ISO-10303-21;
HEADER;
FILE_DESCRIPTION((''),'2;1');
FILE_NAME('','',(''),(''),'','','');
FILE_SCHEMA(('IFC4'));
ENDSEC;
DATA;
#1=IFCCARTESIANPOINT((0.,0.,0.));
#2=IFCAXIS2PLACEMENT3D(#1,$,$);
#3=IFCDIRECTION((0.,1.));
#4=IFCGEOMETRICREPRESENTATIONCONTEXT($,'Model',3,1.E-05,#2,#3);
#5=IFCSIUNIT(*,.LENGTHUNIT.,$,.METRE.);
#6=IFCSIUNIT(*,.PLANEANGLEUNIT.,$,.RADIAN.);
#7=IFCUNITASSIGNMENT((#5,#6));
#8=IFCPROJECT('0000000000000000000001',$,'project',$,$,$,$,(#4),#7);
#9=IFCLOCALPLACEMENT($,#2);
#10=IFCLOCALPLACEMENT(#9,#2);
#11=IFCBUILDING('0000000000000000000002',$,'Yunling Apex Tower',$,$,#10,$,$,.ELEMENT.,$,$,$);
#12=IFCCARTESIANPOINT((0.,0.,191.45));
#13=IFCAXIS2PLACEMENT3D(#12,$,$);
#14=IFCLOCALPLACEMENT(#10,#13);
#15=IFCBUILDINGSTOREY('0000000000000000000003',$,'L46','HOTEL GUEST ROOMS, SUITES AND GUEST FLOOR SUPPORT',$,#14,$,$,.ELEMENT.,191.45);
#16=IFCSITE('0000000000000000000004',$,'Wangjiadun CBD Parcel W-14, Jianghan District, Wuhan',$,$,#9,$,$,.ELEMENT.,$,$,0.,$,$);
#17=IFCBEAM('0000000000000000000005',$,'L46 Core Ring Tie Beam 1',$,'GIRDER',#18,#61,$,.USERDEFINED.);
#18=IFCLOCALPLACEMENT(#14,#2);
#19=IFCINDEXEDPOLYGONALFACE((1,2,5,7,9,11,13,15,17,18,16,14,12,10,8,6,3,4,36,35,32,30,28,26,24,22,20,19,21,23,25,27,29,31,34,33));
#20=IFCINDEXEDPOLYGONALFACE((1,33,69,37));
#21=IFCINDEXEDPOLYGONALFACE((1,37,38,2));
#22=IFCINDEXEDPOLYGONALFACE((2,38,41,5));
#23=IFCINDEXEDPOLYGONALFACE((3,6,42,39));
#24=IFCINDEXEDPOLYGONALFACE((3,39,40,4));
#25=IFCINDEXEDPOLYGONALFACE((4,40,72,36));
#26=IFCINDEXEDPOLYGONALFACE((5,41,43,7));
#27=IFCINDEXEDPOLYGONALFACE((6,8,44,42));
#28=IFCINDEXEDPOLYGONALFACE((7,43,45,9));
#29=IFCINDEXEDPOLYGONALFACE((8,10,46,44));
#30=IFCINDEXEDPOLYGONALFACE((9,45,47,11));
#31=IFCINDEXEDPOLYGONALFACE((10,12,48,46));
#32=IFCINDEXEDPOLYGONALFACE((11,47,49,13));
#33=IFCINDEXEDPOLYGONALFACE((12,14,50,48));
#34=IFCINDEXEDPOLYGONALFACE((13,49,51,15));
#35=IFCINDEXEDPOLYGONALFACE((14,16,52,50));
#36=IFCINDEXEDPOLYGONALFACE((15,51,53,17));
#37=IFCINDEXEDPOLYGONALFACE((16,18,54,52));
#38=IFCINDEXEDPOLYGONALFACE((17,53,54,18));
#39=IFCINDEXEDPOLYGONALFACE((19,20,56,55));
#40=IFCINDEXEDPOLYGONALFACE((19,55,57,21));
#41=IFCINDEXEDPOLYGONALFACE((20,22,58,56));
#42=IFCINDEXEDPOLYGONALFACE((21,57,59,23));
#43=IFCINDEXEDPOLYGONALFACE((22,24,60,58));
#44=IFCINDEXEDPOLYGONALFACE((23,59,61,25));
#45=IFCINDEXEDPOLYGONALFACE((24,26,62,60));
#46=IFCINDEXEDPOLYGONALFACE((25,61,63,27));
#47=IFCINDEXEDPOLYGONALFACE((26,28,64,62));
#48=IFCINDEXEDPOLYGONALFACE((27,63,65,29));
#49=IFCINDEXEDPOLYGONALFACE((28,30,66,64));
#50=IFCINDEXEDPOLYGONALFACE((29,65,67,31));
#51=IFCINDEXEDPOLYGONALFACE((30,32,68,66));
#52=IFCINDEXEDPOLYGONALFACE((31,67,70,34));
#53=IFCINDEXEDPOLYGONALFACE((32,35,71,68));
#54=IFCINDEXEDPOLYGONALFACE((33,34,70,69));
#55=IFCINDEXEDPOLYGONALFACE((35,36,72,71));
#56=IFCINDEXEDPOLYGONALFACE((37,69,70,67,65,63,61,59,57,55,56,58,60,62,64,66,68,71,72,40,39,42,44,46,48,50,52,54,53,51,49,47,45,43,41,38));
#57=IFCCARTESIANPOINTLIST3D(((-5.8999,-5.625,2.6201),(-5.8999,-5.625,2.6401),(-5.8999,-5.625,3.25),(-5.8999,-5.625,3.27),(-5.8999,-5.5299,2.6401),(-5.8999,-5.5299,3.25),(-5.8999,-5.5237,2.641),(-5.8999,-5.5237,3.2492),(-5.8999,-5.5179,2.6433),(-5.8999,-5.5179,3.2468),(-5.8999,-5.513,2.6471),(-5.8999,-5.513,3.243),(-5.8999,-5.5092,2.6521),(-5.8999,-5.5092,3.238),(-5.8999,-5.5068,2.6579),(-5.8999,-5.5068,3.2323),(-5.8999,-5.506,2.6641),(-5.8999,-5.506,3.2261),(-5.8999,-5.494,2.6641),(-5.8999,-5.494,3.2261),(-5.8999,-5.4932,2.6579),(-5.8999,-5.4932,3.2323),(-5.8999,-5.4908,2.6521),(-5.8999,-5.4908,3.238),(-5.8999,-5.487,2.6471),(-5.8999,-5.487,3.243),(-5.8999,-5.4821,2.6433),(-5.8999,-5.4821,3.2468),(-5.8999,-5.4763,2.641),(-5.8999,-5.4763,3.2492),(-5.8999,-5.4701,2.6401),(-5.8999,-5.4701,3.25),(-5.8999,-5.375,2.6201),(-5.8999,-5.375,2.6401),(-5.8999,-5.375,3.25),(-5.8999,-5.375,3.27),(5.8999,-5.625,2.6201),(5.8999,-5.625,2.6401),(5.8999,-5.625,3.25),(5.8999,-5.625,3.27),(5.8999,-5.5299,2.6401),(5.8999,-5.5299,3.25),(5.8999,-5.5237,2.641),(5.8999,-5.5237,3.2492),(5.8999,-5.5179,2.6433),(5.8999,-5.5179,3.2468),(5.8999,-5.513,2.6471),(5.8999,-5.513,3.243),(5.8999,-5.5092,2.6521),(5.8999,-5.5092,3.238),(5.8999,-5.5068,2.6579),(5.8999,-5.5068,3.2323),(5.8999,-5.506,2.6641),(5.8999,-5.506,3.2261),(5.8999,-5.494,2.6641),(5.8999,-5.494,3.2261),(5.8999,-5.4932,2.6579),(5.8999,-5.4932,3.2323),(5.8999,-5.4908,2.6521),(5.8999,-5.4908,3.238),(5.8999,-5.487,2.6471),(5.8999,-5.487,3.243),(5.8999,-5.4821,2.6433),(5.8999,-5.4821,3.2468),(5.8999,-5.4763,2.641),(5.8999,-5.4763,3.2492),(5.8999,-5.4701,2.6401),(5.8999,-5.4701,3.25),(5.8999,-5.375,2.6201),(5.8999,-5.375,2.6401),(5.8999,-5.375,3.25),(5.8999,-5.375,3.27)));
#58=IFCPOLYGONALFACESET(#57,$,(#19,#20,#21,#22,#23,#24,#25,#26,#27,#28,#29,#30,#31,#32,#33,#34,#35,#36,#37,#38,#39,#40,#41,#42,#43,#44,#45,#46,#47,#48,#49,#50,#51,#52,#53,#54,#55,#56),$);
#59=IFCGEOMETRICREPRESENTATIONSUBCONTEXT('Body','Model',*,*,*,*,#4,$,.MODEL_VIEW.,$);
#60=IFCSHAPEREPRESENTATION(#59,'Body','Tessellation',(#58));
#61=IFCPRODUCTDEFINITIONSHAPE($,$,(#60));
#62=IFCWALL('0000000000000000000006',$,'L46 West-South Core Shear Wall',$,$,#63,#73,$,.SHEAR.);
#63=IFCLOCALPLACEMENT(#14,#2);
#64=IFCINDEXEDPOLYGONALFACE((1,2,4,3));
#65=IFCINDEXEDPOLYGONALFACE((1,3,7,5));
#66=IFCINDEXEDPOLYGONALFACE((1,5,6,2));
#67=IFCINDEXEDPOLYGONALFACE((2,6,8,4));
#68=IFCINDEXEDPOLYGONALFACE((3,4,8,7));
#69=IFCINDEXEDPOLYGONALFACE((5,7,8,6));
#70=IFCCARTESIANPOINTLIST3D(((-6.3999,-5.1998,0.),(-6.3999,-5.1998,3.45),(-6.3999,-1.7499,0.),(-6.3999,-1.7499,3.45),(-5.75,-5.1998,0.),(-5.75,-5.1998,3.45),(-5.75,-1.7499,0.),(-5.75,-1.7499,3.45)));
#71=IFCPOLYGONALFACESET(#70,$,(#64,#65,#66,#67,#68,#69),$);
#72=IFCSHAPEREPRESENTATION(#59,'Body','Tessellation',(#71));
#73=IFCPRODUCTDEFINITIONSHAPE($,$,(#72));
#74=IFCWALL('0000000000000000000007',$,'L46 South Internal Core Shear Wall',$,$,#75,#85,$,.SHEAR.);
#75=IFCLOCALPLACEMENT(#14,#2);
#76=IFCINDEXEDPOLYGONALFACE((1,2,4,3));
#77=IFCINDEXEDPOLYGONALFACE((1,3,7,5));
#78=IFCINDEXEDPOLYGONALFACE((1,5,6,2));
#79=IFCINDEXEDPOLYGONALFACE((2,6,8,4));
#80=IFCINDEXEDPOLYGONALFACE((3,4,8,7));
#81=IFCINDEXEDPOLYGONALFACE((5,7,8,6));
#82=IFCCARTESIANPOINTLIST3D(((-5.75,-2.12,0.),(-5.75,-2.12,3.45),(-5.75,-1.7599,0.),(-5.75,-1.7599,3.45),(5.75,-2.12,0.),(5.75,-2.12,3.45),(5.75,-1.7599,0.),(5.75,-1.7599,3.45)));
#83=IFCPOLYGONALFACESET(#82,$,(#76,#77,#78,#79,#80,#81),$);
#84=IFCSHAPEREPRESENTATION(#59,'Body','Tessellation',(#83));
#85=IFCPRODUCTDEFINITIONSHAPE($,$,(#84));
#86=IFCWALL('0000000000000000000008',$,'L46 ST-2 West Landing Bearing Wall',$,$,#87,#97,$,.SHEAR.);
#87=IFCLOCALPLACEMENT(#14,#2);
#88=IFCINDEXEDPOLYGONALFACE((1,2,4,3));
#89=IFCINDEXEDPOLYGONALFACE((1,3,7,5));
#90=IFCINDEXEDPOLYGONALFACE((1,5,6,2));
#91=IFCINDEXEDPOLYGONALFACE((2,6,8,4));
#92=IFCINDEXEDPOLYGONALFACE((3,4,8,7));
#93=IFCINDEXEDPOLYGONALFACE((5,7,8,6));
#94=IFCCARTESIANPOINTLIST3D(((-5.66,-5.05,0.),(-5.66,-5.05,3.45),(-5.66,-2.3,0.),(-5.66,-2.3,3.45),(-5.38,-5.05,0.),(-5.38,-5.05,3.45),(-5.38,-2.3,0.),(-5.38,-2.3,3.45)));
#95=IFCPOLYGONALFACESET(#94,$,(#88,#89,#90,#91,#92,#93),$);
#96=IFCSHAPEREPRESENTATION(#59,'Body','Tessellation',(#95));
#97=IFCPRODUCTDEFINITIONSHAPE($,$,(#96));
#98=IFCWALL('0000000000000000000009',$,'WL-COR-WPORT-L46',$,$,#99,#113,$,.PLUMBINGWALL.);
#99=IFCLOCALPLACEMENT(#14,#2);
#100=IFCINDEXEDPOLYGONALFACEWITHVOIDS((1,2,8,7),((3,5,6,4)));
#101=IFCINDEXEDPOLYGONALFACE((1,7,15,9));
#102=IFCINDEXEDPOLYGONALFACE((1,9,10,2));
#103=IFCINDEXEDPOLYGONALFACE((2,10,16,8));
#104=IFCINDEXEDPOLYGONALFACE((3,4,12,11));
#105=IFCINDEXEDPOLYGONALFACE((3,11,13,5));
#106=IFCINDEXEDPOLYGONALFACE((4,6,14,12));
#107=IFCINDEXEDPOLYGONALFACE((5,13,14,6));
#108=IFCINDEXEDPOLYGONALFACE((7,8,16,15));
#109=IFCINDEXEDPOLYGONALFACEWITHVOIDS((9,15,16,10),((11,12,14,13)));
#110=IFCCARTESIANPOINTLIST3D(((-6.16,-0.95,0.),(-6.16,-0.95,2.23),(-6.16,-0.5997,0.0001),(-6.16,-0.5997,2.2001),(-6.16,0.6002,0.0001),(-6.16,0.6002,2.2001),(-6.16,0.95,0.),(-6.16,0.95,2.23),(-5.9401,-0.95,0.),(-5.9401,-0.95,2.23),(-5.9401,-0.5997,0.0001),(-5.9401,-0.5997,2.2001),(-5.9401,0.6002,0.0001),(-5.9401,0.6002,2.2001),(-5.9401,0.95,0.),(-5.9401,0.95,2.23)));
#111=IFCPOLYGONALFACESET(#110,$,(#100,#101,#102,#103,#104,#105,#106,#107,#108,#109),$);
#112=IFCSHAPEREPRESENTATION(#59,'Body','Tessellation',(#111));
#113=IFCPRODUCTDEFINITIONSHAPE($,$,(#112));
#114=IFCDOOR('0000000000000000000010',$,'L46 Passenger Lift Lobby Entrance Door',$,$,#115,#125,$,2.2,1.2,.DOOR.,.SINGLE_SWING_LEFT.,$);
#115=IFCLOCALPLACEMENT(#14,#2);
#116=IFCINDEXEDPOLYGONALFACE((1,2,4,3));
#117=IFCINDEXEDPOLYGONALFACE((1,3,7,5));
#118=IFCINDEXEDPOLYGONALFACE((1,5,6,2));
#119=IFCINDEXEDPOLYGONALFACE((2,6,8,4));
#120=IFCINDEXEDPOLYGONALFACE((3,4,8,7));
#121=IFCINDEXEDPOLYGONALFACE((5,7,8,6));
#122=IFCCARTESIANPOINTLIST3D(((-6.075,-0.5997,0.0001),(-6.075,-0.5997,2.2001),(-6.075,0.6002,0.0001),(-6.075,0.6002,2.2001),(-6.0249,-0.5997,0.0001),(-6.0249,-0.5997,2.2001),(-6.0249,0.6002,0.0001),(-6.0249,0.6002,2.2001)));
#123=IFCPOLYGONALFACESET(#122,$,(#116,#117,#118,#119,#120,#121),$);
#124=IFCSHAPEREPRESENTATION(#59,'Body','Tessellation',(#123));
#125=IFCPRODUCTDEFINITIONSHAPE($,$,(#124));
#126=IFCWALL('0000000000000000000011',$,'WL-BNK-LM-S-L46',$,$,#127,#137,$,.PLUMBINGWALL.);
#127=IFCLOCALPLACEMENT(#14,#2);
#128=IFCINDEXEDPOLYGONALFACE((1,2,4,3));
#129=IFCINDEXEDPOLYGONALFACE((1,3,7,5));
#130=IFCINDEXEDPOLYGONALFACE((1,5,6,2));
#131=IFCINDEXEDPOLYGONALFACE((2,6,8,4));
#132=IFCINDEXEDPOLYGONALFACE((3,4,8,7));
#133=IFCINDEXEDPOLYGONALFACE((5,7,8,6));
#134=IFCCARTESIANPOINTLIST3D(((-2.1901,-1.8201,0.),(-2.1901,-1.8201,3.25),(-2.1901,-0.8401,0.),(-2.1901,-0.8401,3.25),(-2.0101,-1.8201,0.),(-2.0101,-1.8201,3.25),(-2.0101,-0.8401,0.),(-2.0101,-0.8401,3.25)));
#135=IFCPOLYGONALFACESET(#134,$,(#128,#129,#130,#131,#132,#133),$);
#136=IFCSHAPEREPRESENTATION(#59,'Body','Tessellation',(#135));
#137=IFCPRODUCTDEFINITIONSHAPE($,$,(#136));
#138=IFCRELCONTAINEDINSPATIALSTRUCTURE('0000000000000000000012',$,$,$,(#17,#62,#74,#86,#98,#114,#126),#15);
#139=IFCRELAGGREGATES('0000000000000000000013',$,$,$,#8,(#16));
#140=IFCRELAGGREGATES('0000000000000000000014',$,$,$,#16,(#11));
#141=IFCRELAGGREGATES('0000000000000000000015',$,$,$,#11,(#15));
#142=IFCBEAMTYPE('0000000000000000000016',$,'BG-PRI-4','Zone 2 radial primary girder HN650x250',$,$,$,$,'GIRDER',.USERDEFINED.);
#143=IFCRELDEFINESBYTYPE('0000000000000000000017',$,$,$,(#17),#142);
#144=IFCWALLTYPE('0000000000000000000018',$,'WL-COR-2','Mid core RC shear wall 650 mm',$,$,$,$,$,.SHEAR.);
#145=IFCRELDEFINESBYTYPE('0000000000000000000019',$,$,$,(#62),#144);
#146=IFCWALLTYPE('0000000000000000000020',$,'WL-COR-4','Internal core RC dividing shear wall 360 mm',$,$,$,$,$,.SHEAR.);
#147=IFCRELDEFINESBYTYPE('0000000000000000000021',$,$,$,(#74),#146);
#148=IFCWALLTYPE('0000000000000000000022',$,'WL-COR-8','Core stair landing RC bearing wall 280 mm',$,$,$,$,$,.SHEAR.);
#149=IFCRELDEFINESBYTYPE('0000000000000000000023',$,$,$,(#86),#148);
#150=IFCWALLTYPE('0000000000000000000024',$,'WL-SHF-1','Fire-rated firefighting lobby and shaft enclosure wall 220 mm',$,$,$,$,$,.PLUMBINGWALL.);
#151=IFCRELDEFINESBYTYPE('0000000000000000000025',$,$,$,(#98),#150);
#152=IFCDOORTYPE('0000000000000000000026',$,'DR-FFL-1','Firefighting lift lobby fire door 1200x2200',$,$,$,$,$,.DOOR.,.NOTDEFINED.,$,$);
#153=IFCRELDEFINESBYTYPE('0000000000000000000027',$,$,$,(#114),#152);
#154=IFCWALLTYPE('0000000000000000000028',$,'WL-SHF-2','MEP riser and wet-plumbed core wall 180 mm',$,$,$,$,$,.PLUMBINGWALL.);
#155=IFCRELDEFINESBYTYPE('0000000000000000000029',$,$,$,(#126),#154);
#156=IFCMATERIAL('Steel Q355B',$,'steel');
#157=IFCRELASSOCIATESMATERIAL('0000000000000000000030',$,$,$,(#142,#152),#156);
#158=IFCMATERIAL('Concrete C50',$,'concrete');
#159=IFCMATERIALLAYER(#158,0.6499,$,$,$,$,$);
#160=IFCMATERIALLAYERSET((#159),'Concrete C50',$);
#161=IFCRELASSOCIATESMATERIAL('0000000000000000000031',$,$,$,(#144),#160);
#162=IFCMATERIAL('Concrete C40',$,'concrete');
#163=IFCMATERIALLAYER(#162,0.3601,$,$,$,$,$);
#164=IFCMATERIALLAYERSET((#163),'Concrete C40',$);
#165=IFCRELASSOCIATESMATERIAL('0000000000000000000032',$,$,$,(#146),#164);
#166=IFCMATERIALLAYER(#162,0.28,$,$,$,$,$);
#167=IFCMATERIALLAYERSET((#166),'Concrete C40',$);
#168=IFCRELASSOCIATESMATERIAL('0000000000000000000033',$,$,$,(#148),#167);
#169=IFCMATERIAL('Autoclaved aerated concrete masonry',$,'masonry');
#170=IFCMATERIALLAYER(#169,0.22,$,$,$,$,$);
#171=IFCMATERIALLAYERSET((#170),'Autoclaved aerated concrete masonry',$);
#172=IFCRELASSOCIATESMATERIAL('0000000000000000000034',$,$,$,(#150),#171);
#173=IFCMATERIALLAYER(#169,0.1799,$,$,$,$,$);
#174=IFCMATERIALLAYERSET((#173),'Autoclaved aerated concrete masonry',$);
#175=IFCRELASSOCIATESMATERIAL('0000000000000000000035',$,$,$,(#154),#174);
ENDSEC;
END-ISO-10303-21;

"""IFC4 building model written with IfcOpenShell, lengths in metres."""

from ifc_helpers import new_model, si_unit, direction, frame, frame_2d, origin, origin_2d, place, context, subcontext, project, spatial, rectangle, i_section, extrude, source, transform, mapped, material, layer, layer_set, material_profile, profile_set, type_object, element, fill, save


model = new_model("IFC4")

# Units and contexts
model_context = context("Model", 3, precision=1e-05, world=origin(), true_north=direction((0.0, 1.0)))
body_context = subcontext(model_context, "Body", "Model", "MODEL_VIEW")
ifc_project = project(units=[si_unit("LENGTHUNIT", "METRE"), si_unit("PLANEANGLEUNIT", "RADIAN")], contexts=[model_context])

# Site, building, storey
site_placement = place(None, origin())
site = spatial("IfcSite", under=ifc_project, at=site_placement, Name="Wangjiadun CBD Parcel W-14, Jianghan District, Wuhan", CompositionType="ELEMENT", RefElevation=0.0)
building_placement = place(site_placement, origin())
building = spatial("IfcBuilding", under=site, at=building_placement, Name="Yunling Apex Tower", CompositionType="ELEMENT")
storey_placement = place(building_placement, frame((0.0, 0.0, 191.45)))
storey = spatial("IfcBuildingStorey", under=building, at=storey_placement, Name="L46", Description="HOTEL GUEST ROOMS, SUITES AND GUEST FLOOR SUPPORT", CompositionType="ELEMENT", Elevation=191.45)

# Shared definitions
ifc_material_1 = material(Name="Concrete C50", Category="concrete")

# Beam
ifc_material_2 = material(Name="Steel Q355B", Category="steel")
ifc_material_profile_1 = material_profile(ifc_material_2, i_section(OverallWidth=0.25, OverallDepth=0.6499, WebThickness=0.012, FlangeThickness=0.02, FilletRadius=0.0239, at=origin_2d()))
ifc_profile_set_1 = profile_set([ifc_material_profile_1], Name="Steel Q355B")
beam_type_1 = type_object("IfcBeamType", Name="BG-PRI-4", Description="Zone 2 radial primary girder HN650x250", ElementType="GIRDER", PredefinedType="USERDEFINED", material=ifc_profile_set_1)
shared_shape_1 = source(origin(), body_context, "Body", "SweptSolid", [
    extrude(i_section(OverallWidth=0.25, OverallDepth=0.6499, WebThickness=0.012, FlangeThickness=0.02, FilletRadius=0.0239, at=origin_2d()), origin(), (0.0, 0.0, 1.0), 11.7998),
])
beam_1_placement = place(storey_placement, frame((-5.8999, -5.5, 2.9451), z_axis=(1.0, 0.0, 0.0), x_axis=(0.0, 1.0, 0.0)))
element("IfcBeam", 1, at=beam_1_placement, inside=storey, type_object=beam_type_1, Name="L46 Core Ring Tie Beam 1", ObjectType="GIRDER", PredefinedType="USERDEFINED", context=body_context, shape_type="MappedRepresentation", body=[
    mapped(shared_shape_1, transform((0.0, 0.0, 0.0), scale=1.0)),
])

# Walls
ifc_layer_1 = layer(ifc_material_1, 0.6499)
ifc_layer_set_1 = layer_set([ifc_layer_1], Name="Concrete C50")
wall_type_1 = type_object("IfcWallType", Name="WL-COR-2", Description="Mid core RC shear wall 650 mm", PredefinedType="SHEAR", material=ifc_layer_set_1)
wall_1_placement = place(storey_placement, frame((-6.075, -5.2, 0.0), z_axis=(0.0, 0.0, 1.0), x_axis=(0.0, 1.0, 0.0)))
element("IfcWall", 2, at=wall_1_placement, inside=storey, type_object=wall_type_1, Name="L46 West-South Core Shear Wall", PredefinedType="SHEAR", context=body_context, shape_type="SweptSolid", body=[
    extrude(rectangle(XDim=3.45, YDim=0.6499, at=frame_2d((1.7251, 0.0))), origin(), (0.0, 0.0, 1.0), 3.45),
])
ifc_material_3 = material(Name="Concrete C40", Category="concrete")
ifc_layer_2 = layer(ifc_material_3, 0.3601)
ifc_layer_set_2 = layer_set([ifc_layer_2], Name="Concrete C40")
wall_type_2 = type_object("IfcWallType", Name="WL-COR-4", Description="Internal core RC dividing shear wall 360 mm", PredefinedType="SHEAR", material=ifc_layer_set_2)
wall_2_placement = place(storey_placement, frame((-5.75, -1.9399, 0.0), z_axis=(0.0, 0.0, 1.0), x_axis=(1.0, 0.0, 0.0)))
element("IfcWall", 3, at=wall_2_placement, inside=storey, type_object=wall_type_2, Name="L46 South Internal Core Shear Wall", PredefinedType="SHEAR", context=body_context, shape_type="SweptSolid", body=[
    extrude(rectangle(XDim=11.5, YDim=0.3601, at=frame_2d((5.75, 0.0))), origin(), (0.0, 0.0, 1.0), 3.45),
])
ifc_layer_3 = layer(ifc_material_3, 0.28)
ifc_layer_set_3 = layer_set([ifc_layer_3], Name="Concrete C40")
wall_type_3 = type_object("IfcWallType", Name="WL-COR-8", Description="Core stair landing RC bearing wall 280 mm", PredefinedType="SHEAR", material=ifc_layer_set_3)
wall_3_placement = place(storey_placement, frame((-5.52, -5.05, 0.0), z_axis=(0.0, 0.0, 1.0), x_axis=(0.0, 1.0, 0.0)))
element("IfcWall", 4, at=wall_3_placement, inside=storey, type_object=wall_type_3, Name="L46 ST-2 West Landing Bearing Wall", PredefinedType="SHEAR", context=body_context, shape_type="SweptSolid", body=[
    extrude(rectangle(XDim=2.75, YDim=0.28, at=frame_2d((1.375, 0.0))), origin(), (0.0, 0.0, 1.0), 3.45),
])

# Wall, opening, door
ifc_material_4 = material(Name="Autoclaved aerated concrete masonry", Category="masonry")
ifc_layer_4 = layer(ifc_material_4, 0.22)
ifc_layer_set_4 = layer_set([ifc_layer_4], Name="Autoclaved aerated concrete masonry")
wall_type_4 = type_object("IfcWallType", Name="WL-SHF-1", Description="Fire-rated firefighting lobby and shaft enclosure wall 220 mm", PredefinedType="PLUMBINGWALL", material=ifc_layer_set_4)
wall_4_placement = place(storey_placement, frame((-6.05, -0.95, 0.0), z_axis=(0.0, 0.0, 1.0), x_axis=(0.0, 1.0, 0.0)))
wall_4 = element("IfcWall", 5, at=wall_4_placement, inside=storey, type_object=wall_type_4, Name="WL-COR-WPORT-L46", PredefinedType="PLUMBINGWALL", context=body_context, shape_type="SweptSolid", body=[
    extrude(rectangle(XDim=1.8999, YDim=0.22, at=frame_2d((0.95, 0.0))), origin(), (0.0, 0.0, 1.0), 2.23),
])
opening_1_placement = place(wall_4_placement, frame((0.3501, 0.0, 0.0)))
opening_1 = element("IfcOpeningElement", 6, at=opening_1_placement, cuts=wall_4, PredefinedType="OPENING", context=body_context, shape_type="SweptSolid", body=[
    extrude(rectangle(XDim=1.2, YDim=2.2, at=frame_2d((0.6001, 1.1001))), frame((0.0, 0.1201, 0.0), z_axis=(0.0, -1.0, 0.0), x_axis=(1.0, 0.0, 0.0)), (0.0, 0.0, 1.0), 0.24),
])
door_type_1 = type_object("IfcDoorType", Name="DR-FFL-1", Description="Firefighting lift lobby fire door 1200x2200", OperationType="NOTDEFINED", PredefinedType="DOOR", material=ifc_material_2)
door_1_placement = place(opening_1_placement, origin())
door_1 = element("IfcDoor", 7, at=door_1_placement, inside=storey, type_object=door_type_1, Name="L46 Passenger Lift Lobby Entrance Door", OperationType="SINGLE_SWING_LEFT", OverallHeight=2.2, OverallWidth=1.2, PredefinedType="DOOR", context=body_context, shape_type="SweptSolid", body=[
    extrude(rectangle(XDim=1.2, YDim=2.2, at=frame_2d((0.6001, 1.1001))), frame((0.0, 0.0249, 0.0), z_axis=(0.0, -1.0, 0.0), x_axis=(1.0, 0.0, 0.0)), (0.0, 0.0, 1.0), 0.05),
])
fill(opening_1, door_1)

# Wall
ifc_layer_5 = layer(ifc_material_4, 0.1799)
ifc_layer_set_5 = layer_set([ifc_layer_5], Name="Autoclaved aerated concrete masonry")
wall_type_5 = type_object("IfcWallType", Name="WL-SHF-2", Description="MEP riser and wet-plumbed core wall 180 mm", PredefinedType="PLUMBINGWALL", material=ifc_layer_set_5)
wall_5_placement = place(storey_placement, frame((-2.1001, -1.8201, 0.0), z_axis=(0.0, 0.0, 1.0), x_axis=(0.0, 1.0, 0.0)))
element("IfcWall", 8, at=wall_5_placement, inside=storey, type_object=wall_type_5, Name="WL-BNK-LM-S-L46", PredefinedType="PLUMBINGWALL", context=body_context, shape_type="SweptSolid", body=[
    extrude(rectangle(XDim=0.98, YDim=0.1799, at=frame_2d((0.49, 0.0))), origin(), (0.0, 0.0, 1.0), 3.25),
])

save(model, "model.ifc")
